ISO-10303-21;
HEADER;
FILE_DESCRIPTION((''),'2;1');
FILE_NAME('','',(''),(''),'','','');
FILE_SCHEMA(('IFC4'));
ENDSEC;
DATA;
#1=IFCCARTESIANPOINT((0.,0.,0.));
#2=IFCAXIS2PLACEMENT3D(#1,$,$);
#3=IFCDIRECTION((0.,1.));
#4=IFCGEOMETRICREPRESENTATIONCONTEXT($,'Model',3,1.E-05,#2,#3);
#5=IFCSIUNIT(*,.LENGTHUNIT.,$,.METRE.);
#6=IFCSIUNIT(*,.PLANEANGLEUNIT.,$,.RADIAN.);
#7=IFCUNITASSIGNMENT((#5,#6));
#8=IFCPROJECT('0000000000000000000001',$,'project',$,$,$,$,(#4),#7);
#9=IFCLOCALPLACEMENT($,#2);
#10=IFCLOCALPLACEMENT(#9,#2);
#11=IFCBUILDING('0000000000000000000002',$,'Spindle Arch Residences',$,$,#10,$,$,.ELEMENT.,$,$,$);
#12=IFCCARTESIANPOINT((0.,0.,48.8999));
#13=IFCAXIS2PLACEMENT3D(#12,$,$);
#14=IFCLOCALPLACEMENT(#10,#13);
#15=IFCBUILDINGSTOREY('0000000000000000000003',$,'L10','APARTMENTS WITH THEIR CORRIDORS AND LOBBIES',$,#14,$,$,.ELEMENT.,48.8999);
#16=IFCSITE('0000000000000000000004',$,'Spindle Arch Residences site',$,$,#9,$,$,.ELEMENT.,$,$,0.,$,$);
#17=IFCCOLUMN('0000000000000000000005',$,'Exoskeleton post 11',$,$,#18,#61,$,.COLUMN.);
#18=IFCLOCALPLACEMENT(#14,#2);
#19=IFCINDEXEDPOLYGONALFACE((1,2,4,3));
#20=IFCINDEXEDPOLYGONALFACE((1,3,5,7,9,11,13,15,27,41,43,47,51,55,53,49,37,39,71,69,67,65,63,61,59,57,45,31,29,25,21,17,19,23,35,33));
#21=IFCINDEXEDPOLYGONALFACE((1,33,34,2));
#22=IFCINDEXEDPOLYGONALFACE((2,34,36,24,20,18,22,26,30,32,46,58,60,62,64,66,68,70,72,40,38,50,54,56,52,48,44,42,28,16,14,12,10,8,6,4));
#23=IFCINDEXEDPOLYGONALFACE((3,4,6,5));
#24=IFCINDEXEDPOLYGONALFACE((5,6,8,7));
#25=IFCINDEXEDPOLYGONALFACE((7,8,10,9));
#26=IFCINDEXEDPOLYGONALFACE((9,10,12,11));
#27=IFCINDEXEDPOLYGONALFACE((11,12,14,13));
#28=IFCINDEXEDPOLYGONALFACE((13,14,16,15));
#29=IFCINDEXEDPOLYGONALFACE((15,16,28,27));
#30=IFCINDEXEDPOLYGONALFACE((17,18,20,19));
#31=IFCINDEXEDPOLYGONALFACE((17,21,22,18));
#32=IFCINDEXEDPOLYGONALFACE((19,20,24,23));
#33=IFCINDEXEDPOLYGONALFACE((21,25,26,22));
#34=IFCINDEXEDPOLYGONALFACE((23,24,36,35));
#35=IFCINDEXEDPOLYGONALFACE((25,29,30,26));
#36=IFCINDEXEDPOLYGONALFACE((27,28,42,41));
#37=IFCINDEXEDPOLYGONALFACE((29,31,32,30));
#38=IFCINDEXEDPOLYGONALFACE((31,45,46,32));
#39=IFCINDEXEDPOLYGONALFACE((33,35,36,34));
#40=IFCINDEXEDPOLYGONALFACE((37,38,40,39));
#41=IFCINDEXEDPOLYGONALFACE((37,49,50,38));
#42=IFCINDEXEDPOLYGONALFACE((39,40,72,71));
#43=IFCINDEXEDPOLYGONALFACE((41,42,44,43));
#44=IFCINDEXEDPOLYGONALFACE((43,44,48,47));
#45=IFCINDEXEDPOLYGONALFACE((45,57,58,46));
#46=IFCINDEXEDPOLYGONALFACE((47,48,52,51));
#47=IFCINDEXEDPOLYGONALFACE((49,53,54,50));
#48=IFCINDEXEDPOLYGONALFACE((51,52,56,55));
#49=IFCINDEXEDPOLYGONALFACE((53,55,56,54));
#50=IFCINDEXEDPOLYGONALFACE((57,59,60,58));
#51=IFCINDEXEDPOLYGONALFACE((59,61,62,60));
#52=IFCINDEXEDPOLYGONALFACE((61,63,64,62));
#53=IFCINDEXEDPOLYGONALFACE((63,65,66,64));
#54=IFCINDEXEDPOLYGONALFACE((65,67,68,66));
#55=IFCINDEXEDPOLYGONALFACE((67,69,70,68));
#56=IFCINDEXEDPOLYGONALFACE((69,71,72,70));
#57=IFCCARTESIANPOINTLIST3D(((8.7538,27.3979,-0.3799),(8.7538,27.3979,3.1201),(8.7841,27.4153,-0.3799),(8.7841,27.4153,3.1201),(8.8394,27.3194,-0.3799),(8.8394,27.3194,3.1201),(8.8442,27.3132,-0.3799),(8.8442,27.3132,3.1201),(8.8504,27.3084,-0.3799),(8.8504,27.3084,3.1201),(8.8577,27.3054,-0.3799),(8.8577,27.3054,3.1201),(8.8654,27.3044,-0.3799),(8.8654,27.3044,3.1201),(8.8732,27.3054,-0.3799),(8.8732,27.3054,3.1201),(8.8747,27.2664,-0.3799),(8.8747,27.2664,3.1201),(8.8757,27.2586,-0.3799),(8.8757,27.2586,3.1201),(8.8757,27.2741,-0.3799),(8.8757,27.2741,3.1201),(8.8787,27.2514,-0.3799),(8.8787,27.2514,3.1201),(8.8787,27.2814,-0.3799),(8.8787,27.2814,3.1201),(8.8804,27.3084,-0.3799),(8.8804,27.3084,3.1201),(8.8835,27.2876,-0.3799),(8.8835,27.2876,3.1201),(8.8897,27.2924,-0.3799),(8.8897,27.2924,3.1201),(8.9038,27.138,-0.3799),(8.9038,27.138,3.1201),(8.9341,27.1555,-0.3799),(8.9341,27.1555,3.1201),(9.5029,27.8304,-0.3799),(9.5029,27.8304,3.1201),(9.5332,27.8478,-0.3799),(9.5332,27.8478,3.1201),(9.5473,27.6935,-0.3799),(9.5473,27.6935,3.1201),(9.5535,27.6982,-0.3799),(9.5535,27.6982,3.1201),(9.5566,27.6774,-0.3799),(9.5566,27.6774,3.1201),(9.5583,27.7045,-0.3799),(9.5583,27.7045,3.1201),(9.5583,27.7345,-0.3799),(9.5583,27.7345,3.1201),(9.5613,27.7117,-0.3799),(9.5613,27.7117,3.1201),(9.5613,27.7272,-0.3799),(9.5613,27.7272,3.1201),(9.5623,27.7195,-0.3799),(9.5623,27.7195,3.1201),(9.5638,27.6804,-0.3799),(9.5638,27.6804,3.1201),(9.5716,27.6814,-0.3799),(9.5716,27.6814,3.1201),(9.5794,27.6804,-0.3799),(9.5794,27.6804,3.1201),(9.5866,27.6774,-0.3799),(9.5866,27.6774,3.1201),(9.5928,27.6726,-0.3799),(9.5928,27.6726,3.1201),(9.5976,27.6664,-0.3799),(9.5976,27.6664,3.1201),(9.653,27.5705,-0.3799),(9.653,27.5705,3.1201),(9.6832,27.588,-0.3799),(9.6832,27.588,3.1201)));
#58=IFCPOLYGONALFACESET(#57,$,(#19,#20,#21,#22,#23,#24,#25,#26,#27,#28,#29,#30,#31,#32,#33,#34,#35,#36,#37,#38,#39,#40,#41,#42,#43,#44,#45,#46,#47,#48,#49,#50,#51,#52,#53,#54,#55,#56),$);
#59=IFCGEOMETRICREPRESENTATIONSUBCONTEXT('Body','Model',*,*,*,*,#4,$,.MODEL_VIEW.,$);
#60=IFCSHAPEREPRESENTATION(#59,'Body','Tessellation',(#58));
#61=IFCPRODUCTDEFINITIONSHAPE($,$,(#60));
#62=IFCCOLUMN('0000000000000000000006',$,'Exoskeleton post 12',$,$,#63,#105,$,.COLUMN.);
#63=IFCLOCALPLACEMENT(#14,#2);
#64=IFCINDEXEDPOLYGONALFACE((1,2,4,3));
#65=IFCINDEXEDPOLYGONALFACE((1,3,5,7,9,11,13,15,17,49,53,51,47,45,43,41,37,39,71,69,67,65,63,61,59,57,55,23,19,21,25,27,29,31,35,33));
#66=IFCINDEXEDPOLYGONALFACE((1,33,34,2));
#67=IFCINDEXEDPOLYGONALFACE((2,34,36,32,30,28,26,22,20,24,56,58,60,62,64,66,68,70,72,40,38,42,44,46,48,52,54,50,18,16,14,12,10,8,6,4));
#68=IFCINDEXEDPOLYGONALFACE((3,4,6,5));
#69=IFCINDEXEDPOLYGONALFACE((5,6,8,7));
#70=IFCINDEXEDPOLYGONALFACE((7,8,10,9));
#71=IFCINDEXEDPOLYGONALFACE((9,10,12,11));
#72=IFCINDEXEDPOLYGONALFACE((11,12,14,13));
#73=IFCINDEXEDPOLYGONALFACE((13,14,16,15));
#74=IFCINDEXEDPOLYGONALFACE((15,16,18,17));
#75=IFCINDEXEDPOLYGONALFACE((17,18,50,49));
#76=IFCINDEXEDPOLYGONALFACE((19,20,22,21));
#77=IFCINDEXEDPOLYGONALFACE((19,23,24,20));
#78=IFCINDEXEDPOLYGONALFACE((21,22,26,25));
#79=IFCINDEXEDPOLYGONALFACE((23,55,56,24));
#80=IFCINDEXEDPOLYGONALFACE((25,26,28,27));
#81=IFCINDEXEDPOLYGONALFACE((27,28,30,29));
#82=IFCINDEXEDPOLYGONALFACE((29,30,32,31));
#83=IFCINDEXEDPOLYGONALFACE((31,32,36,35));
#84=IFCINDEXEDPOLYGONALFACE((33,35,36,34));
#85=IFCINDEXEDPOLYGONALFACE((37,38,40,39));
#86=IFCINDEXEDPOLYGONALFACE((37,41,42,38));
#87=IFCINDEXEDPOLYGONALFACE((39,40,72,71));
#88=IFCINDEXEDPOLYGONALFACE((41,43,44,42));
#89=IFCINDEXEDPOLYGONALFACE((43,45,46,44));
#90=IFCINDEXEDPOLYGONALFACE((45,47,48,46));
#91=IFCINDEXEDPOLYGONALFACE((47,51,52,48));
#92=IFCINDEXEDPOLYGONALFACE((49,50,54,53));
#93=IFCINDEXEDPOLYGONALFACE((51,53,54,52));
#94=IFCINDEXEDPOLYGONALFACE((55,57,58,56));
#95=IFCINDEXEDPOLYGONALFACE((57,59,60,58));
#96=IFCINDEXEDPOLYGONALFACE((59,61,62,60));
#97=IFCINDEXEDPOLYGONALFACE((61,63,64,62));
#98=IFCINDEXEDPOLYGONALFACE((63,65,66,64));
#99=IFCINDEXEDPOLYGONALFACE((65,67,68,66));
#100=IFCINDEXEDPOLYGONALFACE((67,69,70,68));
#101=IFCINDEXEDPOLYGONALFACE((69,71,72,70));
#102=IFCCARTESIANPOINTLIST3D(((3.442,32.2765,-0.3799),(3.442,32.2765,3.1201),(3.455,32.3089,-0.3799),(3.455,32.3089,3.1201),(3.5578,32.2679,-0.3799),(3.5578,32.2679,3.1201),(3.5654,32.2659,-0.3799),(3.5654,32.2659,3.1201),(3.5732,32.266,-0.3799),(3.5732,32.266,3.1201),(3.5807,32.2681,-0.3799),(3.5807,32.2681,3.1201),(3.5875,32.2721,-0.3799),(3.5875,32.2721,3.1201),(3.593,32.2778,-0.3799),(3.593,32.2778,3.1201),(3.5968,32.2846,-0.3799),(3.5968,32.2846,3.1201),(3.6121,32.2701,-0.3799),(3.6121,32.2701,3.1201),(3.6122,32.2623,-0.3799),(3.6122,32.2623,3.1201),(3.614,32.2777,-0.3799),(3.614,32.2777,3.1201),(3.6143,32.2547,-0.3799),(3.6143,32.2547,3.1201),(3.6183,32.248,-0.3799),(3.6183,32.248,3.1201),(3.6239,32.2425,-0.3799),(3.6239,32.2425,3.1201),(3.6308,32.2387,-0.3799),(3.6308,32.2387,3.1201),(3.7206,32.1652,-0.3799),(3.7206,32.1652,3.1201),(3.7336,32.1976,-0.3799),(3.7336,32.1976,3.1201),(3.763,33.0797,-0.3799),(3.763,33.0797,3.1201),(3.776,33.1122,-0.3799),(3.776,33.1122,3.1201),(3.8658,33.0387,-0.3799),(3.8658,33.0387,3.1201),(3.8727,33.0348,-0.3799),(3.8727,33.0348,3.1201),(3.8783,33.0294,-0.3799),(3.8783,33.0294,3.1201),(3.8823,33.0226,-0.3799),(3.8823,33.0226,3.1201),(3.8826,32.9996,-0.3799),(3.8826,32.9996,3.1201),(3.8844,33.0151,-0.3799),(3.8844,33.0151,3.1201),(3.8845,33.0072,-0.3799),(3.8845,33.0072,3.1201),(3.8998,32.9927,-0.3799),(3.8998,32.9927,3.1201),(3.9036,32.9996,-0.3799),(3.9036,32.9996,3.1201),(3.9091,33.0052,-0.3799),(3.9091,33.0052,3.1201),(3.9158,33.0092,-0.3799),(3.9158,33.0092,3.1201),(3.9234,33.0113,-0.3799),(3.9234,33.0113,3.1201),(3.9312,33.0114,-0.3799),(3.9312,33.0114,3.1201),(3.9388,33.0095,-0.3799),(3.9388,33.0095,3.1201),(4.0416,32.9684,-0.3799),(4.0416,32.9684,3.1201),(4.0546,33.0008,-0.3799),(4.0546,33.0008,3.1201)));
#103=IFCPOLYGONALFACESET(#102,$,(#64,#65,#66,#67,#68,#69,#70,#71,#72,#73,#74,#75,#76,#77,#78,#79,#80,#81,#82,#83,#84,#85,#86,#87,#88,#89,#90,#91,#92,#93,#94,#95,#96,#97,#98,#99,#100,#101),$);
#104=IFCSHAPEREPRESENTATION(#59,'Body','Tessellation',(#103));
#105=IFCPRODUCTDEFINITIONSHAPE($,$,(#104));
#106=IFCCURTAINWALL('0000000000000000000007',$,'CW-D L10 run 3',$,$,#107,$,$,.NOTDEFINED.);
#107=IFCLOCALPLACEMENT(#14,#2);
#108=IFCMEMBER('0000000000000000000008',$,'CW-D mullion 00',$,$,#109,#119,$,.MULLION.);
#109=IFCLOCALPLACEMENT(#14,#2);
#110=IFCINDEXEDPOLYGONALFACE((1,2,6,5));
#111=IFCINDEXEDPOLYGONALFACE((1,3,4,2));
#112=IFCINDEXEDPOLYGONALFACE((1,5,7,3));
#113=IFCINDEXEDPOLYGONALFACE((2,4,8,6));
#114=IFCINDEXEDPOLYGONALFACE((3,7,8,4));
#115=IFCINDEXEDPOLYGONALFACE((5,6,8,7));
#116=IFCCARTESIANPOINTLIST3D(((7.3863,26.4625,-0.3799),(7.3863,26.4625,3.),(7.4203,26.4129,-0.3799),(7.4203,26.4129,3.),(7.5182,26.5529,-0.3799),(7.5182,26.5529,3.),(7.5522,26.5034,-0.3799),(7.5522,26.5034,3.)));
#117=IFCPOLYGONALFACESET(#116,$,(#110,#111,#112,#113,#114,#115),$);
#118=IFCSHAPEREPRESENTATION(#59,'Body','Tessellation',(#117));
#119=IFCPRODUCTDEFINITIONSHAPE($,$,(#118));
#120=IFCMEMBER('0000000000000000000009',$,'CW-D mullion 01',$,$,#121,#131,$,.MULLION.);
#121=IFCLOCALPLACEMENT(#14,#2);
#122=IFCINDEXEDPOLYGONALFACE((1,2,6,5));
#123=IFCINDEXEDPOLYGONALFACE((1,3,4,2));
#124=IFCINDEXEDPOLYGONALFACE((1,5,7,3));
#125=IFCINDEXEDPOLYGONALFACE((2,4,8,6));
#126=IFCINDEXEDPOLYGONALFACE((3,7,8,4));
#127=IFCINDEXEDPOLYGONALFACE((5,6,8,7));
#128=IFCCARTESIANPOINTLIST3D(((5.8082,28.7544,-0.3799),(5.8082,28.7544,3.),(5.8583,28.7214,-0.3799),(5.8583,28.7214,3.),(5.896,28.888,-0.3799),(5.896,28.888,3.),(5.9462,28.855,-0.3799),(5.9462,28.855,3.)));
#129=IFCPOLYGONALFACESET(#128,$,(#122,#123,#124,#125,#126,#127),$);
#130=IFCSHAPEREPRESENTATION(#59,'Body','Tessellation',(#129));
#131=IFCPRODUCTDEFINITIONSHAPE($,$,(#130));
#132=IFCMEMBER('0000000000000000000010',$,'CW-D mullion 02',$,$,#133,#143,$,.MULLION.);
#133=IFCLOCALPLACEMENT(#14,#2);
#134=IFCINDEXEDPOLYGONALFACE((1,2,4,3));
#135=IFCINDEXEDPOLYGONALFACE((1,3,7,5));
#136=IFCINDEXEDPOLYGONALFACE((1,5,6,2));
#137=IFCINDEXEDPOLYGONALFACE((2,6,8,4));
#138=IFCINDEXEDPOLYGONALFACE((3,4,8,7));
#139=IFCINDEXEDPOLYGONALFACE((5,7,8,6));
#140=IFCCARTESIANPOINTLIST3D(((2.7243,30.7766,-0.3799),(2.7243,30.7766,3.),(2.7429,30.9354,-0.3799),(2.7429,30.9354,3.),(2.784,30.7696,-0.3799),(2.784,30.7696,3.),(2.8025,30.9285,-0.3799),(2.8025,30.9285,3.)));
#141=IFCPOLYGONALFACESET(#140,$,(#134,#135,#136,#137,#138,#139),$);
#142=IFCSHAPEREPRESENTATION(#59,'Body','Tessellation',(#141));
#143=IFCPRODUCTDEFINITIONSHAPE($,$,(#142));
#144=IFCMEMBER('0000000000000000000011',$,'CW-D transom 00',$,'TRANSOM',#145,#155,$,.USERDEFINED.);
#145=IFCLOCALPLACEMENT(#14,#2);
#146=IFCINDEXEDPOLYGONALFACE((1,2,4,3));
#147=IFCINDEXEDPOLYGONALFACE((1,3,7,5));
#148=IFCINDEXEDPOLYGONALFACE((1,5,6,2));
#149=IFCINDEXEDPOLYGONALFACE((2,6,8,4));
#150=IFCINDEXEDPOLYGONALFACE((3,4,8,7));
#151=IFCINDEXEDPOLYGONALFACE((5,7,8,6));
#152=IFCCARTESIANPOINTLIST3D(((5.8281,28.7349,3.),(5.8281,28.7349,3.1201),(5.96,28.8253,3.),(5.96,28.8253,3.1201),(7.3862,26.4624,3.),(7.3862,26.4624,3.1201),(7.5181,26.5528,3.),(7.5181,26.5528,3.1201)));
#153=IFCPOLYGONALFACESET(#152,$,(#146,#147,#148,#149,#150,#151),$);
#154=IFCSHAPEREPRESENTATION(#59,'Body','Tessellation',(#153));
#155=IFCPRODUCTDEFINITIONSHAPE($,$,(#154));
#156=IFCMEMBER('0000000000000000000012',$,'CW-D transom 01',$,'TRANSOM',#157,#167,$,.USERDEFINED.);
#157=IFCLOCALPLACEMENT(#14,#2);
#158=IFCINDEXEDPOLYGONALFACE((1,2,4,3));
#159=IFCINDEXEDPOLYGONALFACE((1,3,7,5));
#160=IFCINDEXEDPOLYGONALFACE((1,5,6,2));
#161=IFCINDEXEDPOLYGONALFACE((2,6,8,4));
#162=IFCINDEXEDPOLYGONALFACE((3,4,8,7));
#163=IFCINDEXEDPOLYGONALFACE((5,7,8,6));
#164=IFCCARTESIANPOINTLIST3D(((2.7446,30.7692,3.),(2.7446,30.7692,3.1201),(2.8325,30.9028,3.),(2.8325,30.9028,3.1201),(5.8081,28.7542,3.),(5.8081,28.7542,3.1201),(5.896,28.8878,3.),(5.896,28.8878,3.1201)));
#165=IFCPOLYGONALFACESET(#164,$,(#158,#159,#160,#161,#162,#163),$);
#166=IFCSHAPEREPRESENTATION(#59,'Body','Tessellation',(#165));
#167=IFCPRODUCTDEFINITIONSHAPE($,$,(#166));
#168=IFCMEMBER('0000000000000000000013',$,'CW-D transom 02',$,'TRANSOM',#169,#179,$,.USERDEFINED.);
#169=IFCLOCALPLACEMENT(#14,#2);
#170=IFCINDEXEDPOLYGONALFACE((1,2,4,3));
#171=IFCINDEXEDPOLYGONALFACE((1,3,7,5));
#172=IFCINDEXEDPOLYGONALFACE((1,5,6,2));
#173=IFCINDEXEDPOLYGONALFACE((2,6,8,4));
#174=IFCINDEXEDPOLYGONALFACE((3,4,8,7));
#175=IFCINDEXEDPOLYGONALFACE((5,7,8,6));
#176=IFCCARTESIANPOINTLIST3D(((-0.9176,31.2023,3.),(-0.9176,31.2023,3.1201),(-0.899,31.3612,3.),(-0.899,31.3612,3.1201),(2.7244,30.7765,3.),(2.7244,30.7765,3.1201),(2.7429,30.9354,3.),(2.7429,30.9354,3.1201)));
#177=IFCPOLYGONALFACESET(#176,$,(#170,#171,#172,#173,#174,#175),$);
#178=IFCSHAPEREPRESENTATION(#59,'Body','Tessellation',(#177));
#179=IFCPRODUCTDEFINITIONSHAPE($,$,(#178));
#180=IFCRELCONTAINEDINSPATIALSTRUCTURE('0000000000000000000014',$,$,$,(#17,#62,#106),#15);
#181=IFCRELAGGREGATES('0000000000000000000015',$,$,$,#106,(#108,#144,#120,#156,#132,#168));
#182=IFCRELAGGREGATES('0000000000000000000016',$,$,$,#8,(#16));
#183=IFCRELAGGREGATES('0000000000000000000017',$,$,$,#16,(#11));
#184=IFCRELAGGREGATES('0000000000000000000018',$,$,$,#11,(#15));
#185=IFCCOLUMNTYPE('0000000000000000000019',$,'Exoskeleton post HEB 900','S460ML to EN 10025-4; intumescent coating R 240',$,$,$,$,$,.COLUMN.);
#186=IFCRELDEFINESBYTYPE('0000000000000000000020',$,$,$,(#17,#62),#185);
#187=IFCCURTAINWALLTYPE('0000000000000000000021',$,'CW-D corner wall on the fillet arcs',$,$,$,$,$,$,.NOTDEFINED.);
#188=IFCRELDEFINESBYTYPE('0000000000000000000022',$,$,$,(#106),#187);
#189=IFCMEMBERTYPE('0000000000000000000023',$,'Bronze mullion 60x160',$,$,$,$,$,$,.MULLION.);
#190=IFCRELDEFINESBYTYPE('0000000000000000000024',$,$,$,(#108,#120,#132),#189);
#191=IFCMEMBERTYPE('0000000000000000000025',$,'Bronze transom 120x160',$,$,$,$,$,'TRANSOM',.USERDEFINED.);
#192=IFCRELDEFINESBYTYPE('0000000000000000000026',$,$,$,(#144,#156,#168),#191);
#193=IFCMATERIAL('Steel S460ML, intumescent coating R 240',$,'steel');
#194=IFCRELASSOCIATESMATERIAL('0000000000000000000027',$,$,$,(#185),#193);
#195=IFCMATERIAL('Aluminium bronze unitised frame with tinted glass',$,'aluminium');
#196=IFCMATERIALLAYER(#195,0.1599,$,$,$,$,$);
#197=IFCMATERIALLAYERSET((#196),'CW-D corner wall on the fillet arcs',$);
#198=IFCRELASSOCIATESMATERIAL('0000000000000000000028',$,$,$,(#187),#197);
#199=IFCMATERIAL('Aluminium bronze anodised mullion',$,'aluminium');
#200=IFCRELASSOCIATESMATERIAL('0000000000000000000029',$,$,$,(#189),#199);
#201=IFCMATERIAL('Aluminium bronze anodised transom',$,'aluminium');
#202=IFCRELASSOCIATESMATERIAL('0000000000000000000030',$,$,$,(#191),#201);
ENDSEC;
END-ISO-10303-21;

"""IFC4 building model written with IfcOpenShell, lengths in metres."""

from ifc_helpers import new_model, si_unit, direction, frame, origin, origin_2d, place, context, subcontext, project, spatial, rectangle, i_section, extrude, material, layer, layer_set, material_profile, profile_set, type_object, element, aggregate, save


model = new_model("IFC4")

# Units and contexts
model_context = context("Model", 3, precision=1e-05, world=origin(), true_north=direction((0.0, 1.0)))
body_context = subcontext(model_context, "Body", "Model", "MODEL_VIEW")
ifc_project = project(units=[si_unit("LENGTHUNIT", "METRE"), si_unit("PLANEANGLEUNIT", "RADIAN")], contexts=[model_context])

# Site, building, storey
site_placement = place(None, origin())
site = spatial("IfcSite", under=ifc_project, at=site_placement, Name="Spindle Arch Residences site", CompositionType="ELEMENT", RefElevation=0.0)
building_placement = place(site_placement, origin())
building = spatial("IfcBuilding", under=site, at=building_placement, Name="Spindle Arch Residences", CompositionType="ELEMENT")
storey_placement = place(building_placement, frame((0.0, 0.0, 48.8999)))
storey = spatial("IfcBuildingStorey", under=building, at=storey_placement, Name="L10", Description="APARTMENTS WITH THEIR CORRIDORS AND LOBBIES", CompositionType="ELEMENT", Elevation=48.8999)

# Columns
ifc_material_1 = material(Name="Steel S460ML, intumescent coating R 240", Category="steel")
ifc_material_profile_1 = material_profile(ifc_material_1, i_section(OverallWidth=0.3, OverallDepth=0.8999, WebThickness=0.0186, FlangeThickness=0.0349, FilletRadius=0.03, at=origin_2d()), Name="HEB 900")
ifc_profile_set_1 = profile_set([ifc_material_profile_1], Name="Steel S460ML, intumescent coating R 240")
column_type = type_object("IfcColumnType", Name="Exoskeleton post HEB 900", Description="S460ML to EN 10025-4; intumescent coating R 240", PredefinedType="COLUMN", material=ifc_profile_set_1)
for number, where, z_axis, x_axis, name in (
    (1, (9.2185, 27.4929, -0.3799), (0.0, 0.0, 1.0), (0.5, -0.866025, 0.0), "Exoskeleton post 11"),
    (2, (3.7483, 32.6387, -0.3799), (0.0, 0.0, 1.0), (0.92859, -0.371108, 0.0), "Exoskeleton post 12"),
):
    element("IfcColumn", number, at=place(storey_placement, frame(where, z_axis=z_axis, x_axis=x_axis)), inside=storey, type_object=column_type, Name=name, PredefinedType="COLUMN", context=body_context, shape_type="SweptSolid", body=[
        extrude(i_section(OverallWidth=0.3, OverallDepth=0.8999, WebThickness=0.0186, FlangeThickness=0.0349, FilletRadius=0.03, at=origin_2d()), origin(), (0.0, 0.0, 1.0), 3.5),
    ])

# Curtain wall, members
ifc_material_2 = material(Name="Aluminium bronze unitised frame with tinted glass", Category="aluminium")
ifc_layer_1 = layer(ifc_material_2, 0.1599)
ifc_layer_set_1 = layer_set([ifc_layer_1], Name="CW-D corner wall on the fillet arcs")
curtain_wall_type_1 = type_object("IfcCurtainWallType", Name="CW-D corner wall on the fillet arcs", PredefinedType="NOTDEFINED", material=ifc_layer_set_1)
curtain_wall_1_placement = place(storey_placement, origin())
curtain_wall_1 = element("IfcCurtainWall", 3, at=curtain_wall_1_placement, inside=storey, type_object=curtain_wall_type_1, Name="CW-D L10 run 3", PredefinedType="NOTDEFINED")
ifc_material_3 = material(Name="Aluminium bronze anodised mullion", Category="aluminium")
ifc_material_profile_2 = material_profile(ifc_material_3, rectangle(XDim=0.1599, YDim=0.0601, at=origin_2d()), Name="MU 60x160")
ifc_profile_set_2 = profile_set([ifc_material_profile_2], Name="Aluminium bronze anodised mullion")
member_type_1 = type_object("IfcMemberType", Name="Bronze mullion 60x160", PredefinedType="MULLION", material=ifc_profile_set_2)
member_1_placement = place(storey_placement, frame((7.4692, 26.4829, -0.3799), z_axis=(0.0, 0.0, 1.0), x_axis=(-0.824748, -0.565501, 0.0)))
member_1 = element("IfcMember", 4, at=member_1_placement, type_object=member_type_1, Name="CW-D mullion 00", PredefinedType="MULLION", context=body_context, shape_type="SweptSolid", body=[
    extrude(rectangle(XDim=0.1599, YDim=0.0601, at=origin_2d()), origin(), (0.0, 0.0, 1.0), 3.3799),
])
member_2_placement = place(storey_placement, frame((5.8772, 28.8047, -0.3799), z_axis=(0.0, 0.0, 1.0), x_axis=(-0.549509, -0.835488, 0.0)))
member_2 = element("IfcMember", 5, at=member_2_placement, type_object=member_type_1, Name="CW-D mullion 01", PredefinedType="MULLION", context=body_context, shape_type="SweptSolid", body=[
    extrude(rectangle(XDim=0.1599, YDim=0.0601, at=origin_2d()), origin(), (0.0, 0.0, 1.0), 3.3799),
])
member_3_placement = place(storey_placement, frame((2.7634, 30.8525, -0.3799), z_axis=(0.0, 0.0, 1.0), x_axis=(-0.116093, -0.993238, 0.0)))
member_3 = element("IfcMember", 6, at=member_3_placement, type_object=member_type_1, Name="CW-D mullion 02", PredefinedType="MULLION", context=body_context, shape_type="SweptSolid", body=[
    extrude(rectangle(XDim=0.1599, YDim=0.0601, at=origin_2d()), origin(), (0.0, 0.0, 1.0), 3.3799),
])
ifc_material_4 = material(Name="Aluminium bronze anodised transom", Category="aluminium")
ifc_material_profile_3 = material_profile(ifc_material_4, rectangle(XDim=0.1599, YDim=0.1201, at=origin_2d()), Name="TR 120x160")
ifc_profile_set_3 = profile_set([ifc_material_profile_3], Name="Aluminium bronze anodised transom")
member_type_2 = type_object("IfcMemberType", Name="Bronze transom 120x160", ElementType="TRANSOM", PredefinedType="USERDEFINED", material=ifc_profile_set_3)
member_4_placement = place(storey_placement, frame((7.4521, 26.5076, 3.0601), z_axis=(-0.56549, 0.824755, 0.0), x_axis=(-0.824755, -0.56549, 0.0)))
member_4 = element("IfcMember", 7, at=member_4_placement, type_object=member_type_2, Name="CW-D transom 00", ObjectType="TRANSOM", PredefinedType="USERDEFINED", context=body_context, shape_type="SweptSolid", body=[
    extrude(rectangle(XDim=0.1599, YDim=0.1201, at=origin_2d()), origin(), (0.0, 0.0, 1.0), 2.7554),
])
member_5_placement = place(storey_placement, frame((5.8521, 28.821, 3.0601), z_axis=(-0.835486, 0.549511, 0.0), x_axis=(-0.549511, -0.835486, 0.0)))
member_5 = element("IfcMember", 8, at=member_5_placement, type_object=member_type_2, Name="CW-D transom 01", ObjectType="TRANSOM", PredefinedType="USERDEFINED", context=body_context, shape_type="SweptSolid", body=[
    extrude(rectangle(XDim=0.1599, YDim=0.1201, at=origin_2d()), origin(), (0.0, 0.0, 1.0), 3.6667),
])
member_6_placement = place(storey_placement, frame((2.7336, 30.856, 3.0601), z_axis=(-0.993235, 0.116123, 0.0), x_axis=(-0.116123, -0.993235, 0.0)))
member_6 = element("IfcMember", 9, at=member_6_placement, type_object=member_type_2, Name="CW-D transom 02", ObjectType="TRANSOM", PredefinedType="USERDEFINED", context=body_context, shape_type="SweptSolid", body=[
    extrude(rectangle(XDim=0.1599, YDim=0.1201, at=origin_2d()), origin(), (0.0, 0.0, 1.0), 3.6667),
])

aggregate(curtain_wall_1, [member_1, member_4, member_2, member_5, member_3, member_6])

save(model, "model.ifc")
